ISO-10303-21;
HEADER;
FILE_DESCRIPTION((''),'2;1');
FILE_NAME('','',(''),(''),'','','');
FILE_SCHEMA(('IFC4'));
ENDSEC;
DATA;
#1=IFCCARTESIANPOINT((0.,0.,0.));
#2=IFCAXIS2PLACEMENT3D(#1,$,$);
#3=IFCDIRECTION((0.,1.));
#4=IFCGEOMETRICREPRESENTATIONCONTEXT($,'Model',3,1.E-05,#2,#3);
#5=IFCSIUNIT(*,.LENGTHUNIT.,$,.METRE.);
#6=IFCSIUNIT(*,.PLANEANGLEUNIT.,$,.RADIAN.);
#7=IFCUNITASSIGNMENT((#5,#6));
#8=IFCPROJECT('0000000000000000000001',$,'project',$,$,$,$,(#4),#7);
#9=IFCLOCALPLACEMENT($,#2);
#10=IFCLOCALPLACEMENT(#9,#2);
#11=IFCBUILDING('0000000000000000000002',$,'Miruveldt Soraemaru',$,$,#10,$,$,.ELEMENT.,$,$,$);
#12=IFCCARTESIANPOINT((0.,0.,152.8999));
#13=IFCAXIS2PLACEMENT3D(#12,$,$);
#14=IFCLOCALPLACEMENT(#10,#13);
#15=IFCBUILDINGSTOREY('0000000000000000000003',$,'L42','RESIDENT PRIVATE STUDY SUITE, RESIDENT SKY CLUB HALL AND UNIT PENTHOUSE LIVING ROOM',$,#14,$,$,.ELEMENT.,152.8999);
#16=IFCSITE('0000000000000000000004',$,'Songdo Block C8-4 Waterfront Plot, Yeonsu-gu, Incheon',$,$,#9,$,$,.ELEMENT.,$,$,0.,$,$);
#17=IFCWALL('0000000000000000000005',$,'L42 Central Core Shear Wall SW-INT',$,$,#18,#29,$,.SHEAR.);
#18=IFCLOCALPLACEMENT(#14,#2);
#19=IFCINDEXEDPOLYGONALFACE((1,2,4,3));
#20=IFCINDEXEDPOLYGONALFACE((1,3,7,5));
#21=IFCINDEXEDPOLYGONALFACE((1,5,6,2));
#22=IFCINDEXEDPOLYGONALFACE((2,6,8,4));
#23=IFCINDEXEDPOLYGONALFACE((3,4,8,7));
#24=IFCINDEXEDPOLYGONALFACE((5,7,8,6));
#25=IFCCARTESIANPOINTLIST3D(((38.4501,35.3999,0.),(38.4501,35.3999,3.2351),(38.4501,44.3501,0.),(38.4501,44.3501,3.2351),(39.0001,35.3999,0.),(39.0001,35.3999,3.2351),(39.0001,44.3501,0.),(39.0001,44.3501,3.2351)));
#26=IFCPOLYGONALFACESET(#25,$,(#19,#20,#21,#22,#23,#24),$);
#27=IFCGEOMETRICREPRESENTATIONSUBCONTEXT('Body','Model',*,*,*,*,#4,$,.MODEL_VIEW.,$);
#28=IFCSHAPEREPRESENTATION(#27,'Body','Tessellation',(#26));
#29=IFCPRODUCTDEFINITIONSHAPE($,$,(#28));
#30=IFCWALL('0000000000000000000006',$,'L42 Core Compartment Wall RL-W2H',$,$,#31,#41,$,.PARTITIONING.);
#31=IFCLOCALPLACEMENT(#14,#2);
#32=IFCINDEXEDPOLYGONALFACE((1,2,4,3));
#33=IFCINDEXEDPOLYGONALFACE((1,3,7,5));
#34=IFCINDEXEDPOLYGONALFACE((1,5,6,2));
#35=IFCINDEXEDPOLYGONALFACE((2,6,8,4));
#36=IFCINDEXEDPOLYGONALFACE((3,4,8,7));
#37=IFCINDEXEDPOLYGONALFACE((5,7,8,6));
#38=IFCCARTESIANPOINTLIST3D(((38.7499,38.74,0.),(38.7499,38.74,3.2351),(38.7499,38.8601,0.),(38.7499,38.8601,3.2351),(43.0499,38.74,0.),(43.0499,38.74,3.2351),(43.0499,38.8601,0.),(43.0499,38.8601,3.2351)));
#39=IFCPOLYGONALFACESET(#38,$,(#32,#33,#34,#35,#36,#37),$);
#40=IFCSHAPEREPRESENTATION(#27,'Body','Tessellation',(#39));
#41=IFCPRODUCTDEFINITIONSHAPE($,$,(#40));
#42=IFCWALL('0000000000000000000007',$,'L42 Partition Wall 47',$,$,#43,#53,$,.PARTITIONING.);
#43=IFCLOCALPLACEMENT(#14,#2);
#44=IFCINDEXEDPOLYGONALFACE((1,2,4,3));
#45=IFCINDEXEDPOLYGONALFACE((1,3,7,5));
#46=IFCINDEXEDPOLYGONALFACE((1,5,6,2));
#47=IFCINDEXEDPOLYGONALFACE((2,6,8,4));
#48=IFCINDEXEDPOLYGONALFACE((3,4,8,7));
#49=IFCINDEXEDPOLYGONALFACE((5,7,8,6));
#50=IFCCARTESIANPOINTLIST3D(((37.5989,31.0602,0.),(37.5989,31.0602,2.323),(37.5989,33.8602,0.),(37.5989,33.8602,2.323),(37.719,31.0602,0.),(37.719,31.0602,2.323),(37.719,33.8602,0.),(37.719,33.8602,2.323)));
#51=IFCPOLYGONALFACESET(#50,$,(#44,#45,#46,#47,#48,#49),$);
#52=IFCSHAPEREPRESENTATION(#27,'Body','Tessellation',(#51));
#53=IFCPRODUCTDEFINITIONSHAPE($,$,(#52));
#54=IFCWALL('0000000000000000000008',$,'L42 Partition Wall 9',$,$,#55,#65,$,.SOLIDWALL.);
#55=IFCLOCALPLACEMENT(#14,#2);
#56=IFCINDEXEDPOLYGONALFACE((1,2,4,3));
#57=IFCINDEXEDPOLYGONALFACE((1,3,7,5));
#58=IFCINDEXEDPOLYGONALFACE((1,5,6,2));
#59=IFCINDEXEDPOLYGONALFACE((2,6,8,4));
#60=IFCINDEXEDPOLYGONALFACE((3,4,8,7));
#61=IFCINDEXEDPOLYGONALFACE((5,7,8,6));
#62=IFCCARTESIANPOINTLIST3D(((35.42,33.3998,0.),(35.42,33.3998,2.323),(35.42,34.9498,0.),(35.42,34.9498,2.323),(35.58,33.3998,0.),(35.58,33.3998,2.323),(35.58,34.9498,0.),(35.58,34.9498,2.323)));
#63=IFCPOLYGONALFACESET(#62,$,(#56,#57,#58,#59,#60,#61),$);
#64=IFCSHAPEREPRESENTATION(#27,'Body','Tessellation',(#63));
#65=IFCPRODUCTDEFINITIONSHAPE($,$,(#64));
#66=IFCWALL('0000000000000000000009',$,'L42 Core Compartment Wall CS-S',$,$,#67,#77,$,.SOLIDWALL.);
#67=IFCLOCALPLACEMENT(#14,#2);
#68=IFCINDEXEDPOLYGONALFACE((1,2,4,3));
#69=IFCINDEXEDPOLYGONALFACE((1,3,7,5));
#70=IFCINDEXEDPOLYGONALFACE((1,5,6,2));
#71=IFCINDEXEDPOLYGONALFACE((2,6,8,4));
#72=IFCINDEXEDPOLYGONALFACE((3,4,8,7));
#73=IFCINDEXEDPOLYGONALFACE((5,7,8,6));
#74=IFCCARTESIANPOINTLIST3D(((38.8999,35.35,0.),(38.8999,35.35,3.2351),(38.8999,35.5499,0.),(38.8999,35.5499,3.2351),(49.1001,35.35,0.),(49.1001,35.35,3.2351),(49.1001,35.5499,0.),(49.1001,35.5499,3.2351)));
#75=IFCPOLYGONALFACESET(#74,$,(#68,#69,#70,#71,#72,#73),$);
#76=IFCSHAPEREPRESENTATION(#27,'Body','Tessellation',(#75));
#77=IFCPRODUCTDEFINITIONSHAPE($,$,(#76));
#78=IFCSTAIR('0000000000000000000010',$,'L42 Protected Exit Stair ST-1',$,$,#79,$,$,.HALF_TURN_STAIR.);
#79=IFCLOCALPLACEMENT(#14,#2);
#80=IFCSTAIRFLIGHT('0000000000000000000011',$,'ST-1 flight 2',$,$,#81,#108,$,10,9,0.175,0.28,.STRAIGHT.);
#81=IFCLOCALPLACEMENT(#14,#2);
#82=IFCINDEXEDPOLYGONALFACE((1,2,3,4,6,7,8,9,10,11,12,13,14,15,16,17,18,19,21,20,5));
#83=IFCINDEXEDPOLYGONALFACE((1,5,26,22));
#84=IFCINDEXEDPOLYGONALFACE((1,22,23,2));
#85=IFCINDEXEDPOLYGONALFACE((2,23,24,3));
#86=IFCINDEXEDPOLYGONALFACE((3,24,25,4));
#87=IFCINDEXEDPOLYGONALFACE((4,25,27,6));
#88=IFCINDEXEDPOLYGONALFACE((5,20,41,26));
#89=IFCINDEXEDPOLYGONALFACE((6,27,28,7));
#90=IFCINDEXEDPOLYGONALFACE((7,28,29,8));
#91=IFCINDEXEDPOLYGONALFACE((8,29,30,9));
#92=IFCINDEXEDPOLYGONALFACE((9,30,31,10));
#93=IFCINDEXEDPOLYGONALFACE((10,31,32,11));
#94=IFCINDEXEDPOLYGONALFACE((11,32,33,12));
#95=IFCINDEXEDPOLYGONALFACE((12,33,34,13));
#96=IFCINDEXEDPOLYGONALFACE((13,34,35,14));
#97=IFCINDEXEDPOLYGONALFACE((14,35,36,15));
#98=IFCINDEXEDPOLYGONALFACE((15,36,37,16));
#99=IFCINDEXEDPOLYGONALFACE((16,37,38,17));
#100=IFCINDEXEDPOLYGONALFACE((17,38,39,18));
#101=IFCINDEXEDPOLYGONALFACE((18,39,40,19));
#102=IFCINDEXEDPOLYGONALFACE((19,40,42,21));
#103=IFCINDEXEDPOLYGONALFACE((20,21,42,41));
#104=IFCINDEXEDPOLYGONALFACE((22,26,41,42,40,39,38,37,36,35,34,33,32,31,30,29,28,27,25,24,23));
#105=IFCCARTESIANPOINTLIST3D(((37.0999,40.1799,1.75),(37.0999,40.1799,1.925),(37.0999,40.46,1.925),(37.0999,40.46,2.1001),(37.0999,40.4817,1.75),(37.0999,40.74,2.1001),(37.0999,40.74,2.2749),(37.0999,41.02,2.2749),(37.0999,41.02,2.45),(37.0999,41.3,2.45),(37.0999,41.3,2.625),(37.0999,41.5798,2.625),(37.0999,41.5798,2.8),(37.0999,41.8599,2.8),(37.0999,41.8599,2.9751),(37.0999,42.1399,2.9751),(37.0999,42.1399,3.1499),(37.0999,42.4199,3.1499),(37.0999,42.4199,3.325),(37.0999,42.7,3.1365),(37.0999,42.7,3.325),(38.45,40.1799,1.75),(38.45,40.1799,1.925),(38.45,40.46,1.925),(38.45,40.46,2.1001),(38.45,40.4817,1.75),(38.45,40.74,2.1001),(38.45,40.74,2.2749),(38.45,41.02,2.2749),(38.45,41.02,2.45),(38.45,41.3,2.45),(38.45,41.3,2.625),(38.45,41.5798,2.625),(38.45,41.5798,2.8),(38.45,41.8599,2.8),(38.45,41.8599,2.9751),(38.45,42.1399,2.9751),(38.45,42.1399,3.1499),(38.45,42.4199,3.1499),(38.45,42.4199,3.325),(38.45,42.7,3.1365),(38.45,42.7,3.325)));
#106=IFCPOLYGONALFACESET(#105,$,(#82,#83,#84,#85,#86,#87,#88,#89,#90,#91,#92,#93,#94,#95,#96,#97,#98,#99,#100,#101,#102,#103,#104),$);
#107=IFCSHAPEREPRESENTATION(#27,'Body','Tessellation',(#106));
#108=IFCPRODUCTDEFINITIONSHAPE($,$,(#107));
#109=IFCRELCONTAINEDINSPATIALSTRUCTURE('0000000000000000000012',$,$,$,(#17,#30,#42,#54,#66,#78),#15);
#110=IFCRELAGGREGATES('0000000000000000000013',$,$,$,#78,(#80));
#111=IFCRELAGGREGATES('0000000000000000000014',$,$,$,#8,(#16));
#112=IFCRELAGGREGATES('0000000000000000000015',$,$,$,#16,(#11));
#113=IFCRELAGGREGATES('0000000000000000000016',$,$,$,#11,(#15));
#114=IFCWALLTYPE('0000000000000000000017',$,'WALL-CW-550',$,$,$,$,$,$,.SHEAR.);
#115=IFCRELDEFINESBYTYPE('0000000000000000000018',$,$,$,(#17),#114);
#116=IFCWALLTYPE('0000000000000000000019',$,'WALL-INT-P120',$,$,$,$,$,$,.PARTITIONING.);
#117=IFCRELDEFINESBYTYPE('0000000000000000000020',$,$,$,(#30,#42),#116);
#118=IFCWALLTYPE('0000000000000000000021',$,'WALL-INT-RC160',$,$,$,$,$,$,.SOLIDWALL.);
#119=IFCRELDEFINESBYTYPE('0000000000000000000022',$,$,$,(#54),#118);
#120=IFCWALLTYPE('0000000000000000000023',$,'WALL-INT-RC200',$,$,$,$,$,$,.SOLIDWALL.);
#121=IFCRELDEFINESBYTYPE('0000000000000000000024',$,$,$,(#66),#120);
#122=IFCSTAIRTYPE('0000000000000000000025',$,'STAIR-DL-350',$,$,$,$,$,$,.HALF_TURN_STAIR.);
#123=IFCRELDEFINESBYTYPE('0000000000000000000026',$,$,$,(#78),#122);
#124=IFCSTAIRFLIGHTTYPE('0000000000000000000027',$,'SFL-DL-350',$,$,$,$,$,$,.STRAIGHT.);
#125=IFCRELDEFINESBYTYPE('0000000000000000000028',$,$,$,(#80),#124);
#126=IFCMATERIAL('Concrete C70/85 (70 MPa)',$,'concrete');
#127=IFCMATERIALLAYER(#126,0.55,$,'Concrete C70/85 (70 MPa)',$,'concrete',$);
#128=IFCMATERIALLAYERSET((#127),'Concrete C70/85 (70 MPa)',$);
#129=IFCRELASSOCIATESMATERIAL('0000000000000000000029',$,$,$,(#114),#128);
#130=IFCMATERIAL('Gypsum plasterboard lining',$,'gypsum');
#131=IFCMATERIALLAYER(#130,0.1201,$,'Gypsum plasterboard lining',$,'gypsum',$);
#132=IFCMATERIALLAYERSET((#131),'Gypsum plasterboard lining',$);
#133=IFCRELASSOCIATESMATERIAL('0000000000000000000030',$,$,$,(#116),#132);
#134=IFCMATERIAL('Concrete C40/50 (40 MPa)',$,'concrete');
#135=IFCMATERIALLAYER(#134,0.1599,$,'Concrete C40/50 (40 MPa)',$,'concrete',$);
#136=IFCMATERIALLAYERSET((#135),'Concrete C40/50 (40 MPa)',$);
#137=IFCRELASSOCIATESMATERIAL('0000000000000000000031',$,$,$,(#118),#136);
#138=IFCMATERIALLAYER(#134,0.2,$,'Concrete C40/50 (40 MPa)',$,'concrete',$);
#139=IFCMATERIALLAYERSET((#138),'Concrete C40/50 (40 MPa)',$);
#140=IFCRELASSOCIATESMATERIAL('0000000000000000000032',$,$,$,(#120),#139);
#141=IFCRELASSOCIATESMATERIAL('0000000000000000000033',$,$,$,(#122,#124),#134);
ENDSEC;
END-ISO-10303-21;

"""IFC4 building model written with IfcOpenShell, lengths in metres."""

from ifc_helpers import new_model, si_unit, direction, frame, frame_2d, origin, place, context, subcontext, project, spatial, polyline, rectangle, outline, extrude, material, layer, layer_set, type_object, element, aggregate, save


model = new_model("IFC4")

# Units and contexts
model_context = context("Model", 3, precision=1e-05, world=origin(), true_north=direction((0.0, 1.0)))
body_context = subcontext(model_context, "Body", "Model", "MODEL_VIEW")
ifc_project = project(units=[si_unit("LENGTHUNIT", "METRE"), si_unit("PLANEANGLEUNIT", "RADIAN")], contexts=[model_context])

# Site, building, storey
site_placement = place(None, origin())
site = spatial("IfcSite", under=ifc_project, at=site_placement, Name="Songdo Block C8-4 Waterfront Plot, Yeonsu-gu, Incheon", CompositionType="ELEMENT", RefElevation=0.0)
building_placement = place(site_placement, origin())
building = spatial("IfcBuilding", under=site, at=building_placement, Name="Miruveldt Soraemaru", CompositionType="ELEMENT")
storey_placement = place(building_placement, frame((0.0, 0.0, 152.8999)))
storey = spatial("IfcBuildingStorey", under=building, at=storey_placement, Name="L42", Description="RESIDENT PRIVATE STUDY SUITE, RESIDENT SKY CLUB HALL AND UNIT PENTHOUSE LIVING ROOM", CompositionType="ELEMENT", Elevation=152.8999)

# Walls
ifc_material_1 = material(Name="Concrete C70/85 (70 MPa)", Category="concrete")
ifc_layer_1 = layer(ifc_material_1, 0.55, Name="Concrete C70/85 (70 MPa)", Category="concrete")
ifc_layer_set_1 = layer_set([ifc_layer_1], Name="Concrete C70/85 (70 MPa)")
wall_type_1 = type_object("IfcWallType", Name="WALL-CW-550", PredefinedType="SHEAR", material=ifc_layer_set_1)
wall_1_placement = place(storey_placement, frame((38.7251, 35.3999, 0.0), z_axis=(0.0, 0.0, 1.0), x_axis=(0.0, 1.0, 0.0)))
element("IfcWall", 1, at=wall_1_placement, inside=storey, type_object=wall_type_1, Name="L42 Central Core Shear Wall SW-INT", PredefinedType="SHEAR", context=body_context, shape_type="SweptSolid", body=[
    extrude(rectangle(XDim=8.9502, YDim=0.55, at=frame_2d((4.4751, 0.0))), origin(), (0.0, 0.0, 1.0), 3.2351),
])
ifc_material_2 = material(Name="Gypsum plasterboard lining", Category="gypsum")
ifc_layer_2 = layer(ifc_material_2, 0.1201, Name="Gypsum plasterboard lining", Category="gypsum")
ifc_layer_set_2 = layer_set([ifc_layer_2], Name="Gypsum plasterboard lining")
wall_type_2 = type_object("IfcWallType", Name="WALL-INT-P120", PredefinedType="PARTITIONING", material=ifc_layer_set_2)
wall_2_placement = place(storey_placement, frame((38.75, 38.8, 0.0), z_axis=(0.0, 0.0, 1.0), x_axis=(1.0, 0.0, 0.0)))
element("IfcWall", 2, at=wall_2_placement, inside=storey, type_object=wall_type_2, Name="L42 Core Compartment Wall RL-W2H", PredefinedType="PARTITIONING", context=body_context, shape_type="SweptSolid", body=[
    extrude(rectangle(XDim=4.3, YDim=0.1201, at=frame_2d((2.1499, 0.0))), origin(), (0.0, 0.0, 1.0), 3.2351),
])
wall_3_placement = place(storey_placement, frame((37.6589, 33.8601, 0.0), z_axis=(0.0, 0.0, 1.0), x_axis=(0.0, -1.0, 0.0)))
element("IfcWall", 3, at=wall_3_placement, inside=storey, type_object=wall_type_2, Name="L42 Partition Wall 47", PredefinedType="PARTITIONING", context=body_context, shape_type="SweptSolid", body=[
    extrude(rectangle(XDim=2.8, YDim=0.1201, at=frame_2d((1.3999, 0.0))), origin(), (0.0, 0.0, 1.0), 2.323),
])
ifc_material_3 = material(Name="Concrete C40/50 (40 MPa)", Category="concrete")
ifc_layer_3 = layer(ifc_material_3, 0.1599, Name="Concrete C40/50 (40 MPa)", Category="concrete")
ifc_layer_set_3 = layer_set([ifc_layer_3], Name="Concrete C40/50 (40 MPa)")
wall_type_3 = type_object("IfcWallType", Name="WALL-INT-RC160", PredefinedType="SOLIDWALL", material=ifc_layer_set_3)
wall_4_placement = place(storey_placement, frame((35.5, 33.3999, 0.0), z_axis=(0.0, 0.0, 1.0), x_axis=(0.0, 1.0, 0.0)))
element("IfcWall", 4, at=wall_4_placement, inside=storey, type_object=wall_type_3, Name="L42 Partition Wall 9", PredefinedType="SOLIDWALL", context=body_context, shape_type="SweptSolid", body=[
    extrude(rectangle(XDim=1.55, YDim=0.1599, at=frame_2d((0.7749, 0.0))), origin(), (0.0, 0.0, 1.0), 2.323),
])
ifc_layer_4 = layer(ifc_material_3, 0.2, Name="Concrete C40/50 (40 MPa)", Category="concrete")
ifc_layer_set_4 = layer_set([ifc_layer_4], Name="Concrete C40/50 (40 MPa)")
wall_type_4 = type_object("IfcWallType", Name="WALL-INT-RC200", PredefinedType="SOLIDWALL", material=ifc_layer_set_4)
wall_5_placement = place(storey_placement, frame((38.8999, 35.45, 0.0), z_axis=(0.0, 0.0, 1.0), x_axis=(1.0, 0.0, 0.0)))
element("IfcWall", 5, at=wall_5_placement, inside=storey, type_object=wall_type_4, Name="L42 Core Compartment Wall CS-S", PredefinedType="SOLIDWALL", context=body_context, shape_type="SweptSolid", body=[
    extrude(rectangle(XDim=10.2002, YDim=0.2, at=frame_2d((5.1001, 0.0))), origin(), (0.0, 0.0, 1.0), 3.2351),
])

# Stair, stair flight
stair_type = type_object("IfcStairType", Name="STAIR-DL-350", PredefinedType="HALF_TURN_STAIR", material=ifc_material_3)
stair_placement = place(storey_placement, origin())
stair = element("IfcStair", 6, at=stair_placement, inside=storey, type_object=stair_type, Name="L42 Protected Exit Stair ST-1", PredefinedType="HALF_TURN_STAIR")
stair_flight_type = type_object("IfcStairFlightType", Name="SFL-DL-350", PredefinedType="STRAIGHT", material=ifc_material_3)
stair_flight_placement = place(storey_placement, frame((37.7749, 40.1799, 1.75), z_axis=(0.0, 0.0, 1.0), x_axis=(0.0, 1.0, 0.0)))
stair_flight = element("IfcStairFlight", 7, at=stair_flight_placement, type_object=stair_flight_type, Name="ST-1 flight 2", NumberOfRisers=10, NumberOfTreads=9, PredefinedType="STRAIGHT", RiserHeight=0.175, TreadLength=0.28, context=body_context, shape_type="SweptSolid", body=[
    extrude(outline(polyline([(0.0, 0.0), (0.0, 0.175), (0.28, 0.175), (0.28, 0.3501), (0.5601, 0.3501), (0.5601, 0.5249), (0.8401, 0.5249), (0.8401, 0.7), (1.1201, 0.7), (1.1201, 0.875), (1.3999, 0.875), (1.3999, 1.05), (1.6799, 1.05), (1.6799, 1.2251), (1.96, 1.2251), (1.96, 1.3999), (2.24, 1.3999), (2.24, 1.575), (2.52, 1.575), (2.52, 1.75), (2.52, 1.3865), (0.3018, 0.0), (0.0, 0.0)])), frame((0.0, 0.675, 0.0), z_axis=(0.0, -1.0, 0.0), x_axis=(1.0, 0.0, 0.0)), (0.0, 0.0, 1.0), 1.3501),
])
aggregate(stair, [stair_flight])

save(model, "model.ifc")
